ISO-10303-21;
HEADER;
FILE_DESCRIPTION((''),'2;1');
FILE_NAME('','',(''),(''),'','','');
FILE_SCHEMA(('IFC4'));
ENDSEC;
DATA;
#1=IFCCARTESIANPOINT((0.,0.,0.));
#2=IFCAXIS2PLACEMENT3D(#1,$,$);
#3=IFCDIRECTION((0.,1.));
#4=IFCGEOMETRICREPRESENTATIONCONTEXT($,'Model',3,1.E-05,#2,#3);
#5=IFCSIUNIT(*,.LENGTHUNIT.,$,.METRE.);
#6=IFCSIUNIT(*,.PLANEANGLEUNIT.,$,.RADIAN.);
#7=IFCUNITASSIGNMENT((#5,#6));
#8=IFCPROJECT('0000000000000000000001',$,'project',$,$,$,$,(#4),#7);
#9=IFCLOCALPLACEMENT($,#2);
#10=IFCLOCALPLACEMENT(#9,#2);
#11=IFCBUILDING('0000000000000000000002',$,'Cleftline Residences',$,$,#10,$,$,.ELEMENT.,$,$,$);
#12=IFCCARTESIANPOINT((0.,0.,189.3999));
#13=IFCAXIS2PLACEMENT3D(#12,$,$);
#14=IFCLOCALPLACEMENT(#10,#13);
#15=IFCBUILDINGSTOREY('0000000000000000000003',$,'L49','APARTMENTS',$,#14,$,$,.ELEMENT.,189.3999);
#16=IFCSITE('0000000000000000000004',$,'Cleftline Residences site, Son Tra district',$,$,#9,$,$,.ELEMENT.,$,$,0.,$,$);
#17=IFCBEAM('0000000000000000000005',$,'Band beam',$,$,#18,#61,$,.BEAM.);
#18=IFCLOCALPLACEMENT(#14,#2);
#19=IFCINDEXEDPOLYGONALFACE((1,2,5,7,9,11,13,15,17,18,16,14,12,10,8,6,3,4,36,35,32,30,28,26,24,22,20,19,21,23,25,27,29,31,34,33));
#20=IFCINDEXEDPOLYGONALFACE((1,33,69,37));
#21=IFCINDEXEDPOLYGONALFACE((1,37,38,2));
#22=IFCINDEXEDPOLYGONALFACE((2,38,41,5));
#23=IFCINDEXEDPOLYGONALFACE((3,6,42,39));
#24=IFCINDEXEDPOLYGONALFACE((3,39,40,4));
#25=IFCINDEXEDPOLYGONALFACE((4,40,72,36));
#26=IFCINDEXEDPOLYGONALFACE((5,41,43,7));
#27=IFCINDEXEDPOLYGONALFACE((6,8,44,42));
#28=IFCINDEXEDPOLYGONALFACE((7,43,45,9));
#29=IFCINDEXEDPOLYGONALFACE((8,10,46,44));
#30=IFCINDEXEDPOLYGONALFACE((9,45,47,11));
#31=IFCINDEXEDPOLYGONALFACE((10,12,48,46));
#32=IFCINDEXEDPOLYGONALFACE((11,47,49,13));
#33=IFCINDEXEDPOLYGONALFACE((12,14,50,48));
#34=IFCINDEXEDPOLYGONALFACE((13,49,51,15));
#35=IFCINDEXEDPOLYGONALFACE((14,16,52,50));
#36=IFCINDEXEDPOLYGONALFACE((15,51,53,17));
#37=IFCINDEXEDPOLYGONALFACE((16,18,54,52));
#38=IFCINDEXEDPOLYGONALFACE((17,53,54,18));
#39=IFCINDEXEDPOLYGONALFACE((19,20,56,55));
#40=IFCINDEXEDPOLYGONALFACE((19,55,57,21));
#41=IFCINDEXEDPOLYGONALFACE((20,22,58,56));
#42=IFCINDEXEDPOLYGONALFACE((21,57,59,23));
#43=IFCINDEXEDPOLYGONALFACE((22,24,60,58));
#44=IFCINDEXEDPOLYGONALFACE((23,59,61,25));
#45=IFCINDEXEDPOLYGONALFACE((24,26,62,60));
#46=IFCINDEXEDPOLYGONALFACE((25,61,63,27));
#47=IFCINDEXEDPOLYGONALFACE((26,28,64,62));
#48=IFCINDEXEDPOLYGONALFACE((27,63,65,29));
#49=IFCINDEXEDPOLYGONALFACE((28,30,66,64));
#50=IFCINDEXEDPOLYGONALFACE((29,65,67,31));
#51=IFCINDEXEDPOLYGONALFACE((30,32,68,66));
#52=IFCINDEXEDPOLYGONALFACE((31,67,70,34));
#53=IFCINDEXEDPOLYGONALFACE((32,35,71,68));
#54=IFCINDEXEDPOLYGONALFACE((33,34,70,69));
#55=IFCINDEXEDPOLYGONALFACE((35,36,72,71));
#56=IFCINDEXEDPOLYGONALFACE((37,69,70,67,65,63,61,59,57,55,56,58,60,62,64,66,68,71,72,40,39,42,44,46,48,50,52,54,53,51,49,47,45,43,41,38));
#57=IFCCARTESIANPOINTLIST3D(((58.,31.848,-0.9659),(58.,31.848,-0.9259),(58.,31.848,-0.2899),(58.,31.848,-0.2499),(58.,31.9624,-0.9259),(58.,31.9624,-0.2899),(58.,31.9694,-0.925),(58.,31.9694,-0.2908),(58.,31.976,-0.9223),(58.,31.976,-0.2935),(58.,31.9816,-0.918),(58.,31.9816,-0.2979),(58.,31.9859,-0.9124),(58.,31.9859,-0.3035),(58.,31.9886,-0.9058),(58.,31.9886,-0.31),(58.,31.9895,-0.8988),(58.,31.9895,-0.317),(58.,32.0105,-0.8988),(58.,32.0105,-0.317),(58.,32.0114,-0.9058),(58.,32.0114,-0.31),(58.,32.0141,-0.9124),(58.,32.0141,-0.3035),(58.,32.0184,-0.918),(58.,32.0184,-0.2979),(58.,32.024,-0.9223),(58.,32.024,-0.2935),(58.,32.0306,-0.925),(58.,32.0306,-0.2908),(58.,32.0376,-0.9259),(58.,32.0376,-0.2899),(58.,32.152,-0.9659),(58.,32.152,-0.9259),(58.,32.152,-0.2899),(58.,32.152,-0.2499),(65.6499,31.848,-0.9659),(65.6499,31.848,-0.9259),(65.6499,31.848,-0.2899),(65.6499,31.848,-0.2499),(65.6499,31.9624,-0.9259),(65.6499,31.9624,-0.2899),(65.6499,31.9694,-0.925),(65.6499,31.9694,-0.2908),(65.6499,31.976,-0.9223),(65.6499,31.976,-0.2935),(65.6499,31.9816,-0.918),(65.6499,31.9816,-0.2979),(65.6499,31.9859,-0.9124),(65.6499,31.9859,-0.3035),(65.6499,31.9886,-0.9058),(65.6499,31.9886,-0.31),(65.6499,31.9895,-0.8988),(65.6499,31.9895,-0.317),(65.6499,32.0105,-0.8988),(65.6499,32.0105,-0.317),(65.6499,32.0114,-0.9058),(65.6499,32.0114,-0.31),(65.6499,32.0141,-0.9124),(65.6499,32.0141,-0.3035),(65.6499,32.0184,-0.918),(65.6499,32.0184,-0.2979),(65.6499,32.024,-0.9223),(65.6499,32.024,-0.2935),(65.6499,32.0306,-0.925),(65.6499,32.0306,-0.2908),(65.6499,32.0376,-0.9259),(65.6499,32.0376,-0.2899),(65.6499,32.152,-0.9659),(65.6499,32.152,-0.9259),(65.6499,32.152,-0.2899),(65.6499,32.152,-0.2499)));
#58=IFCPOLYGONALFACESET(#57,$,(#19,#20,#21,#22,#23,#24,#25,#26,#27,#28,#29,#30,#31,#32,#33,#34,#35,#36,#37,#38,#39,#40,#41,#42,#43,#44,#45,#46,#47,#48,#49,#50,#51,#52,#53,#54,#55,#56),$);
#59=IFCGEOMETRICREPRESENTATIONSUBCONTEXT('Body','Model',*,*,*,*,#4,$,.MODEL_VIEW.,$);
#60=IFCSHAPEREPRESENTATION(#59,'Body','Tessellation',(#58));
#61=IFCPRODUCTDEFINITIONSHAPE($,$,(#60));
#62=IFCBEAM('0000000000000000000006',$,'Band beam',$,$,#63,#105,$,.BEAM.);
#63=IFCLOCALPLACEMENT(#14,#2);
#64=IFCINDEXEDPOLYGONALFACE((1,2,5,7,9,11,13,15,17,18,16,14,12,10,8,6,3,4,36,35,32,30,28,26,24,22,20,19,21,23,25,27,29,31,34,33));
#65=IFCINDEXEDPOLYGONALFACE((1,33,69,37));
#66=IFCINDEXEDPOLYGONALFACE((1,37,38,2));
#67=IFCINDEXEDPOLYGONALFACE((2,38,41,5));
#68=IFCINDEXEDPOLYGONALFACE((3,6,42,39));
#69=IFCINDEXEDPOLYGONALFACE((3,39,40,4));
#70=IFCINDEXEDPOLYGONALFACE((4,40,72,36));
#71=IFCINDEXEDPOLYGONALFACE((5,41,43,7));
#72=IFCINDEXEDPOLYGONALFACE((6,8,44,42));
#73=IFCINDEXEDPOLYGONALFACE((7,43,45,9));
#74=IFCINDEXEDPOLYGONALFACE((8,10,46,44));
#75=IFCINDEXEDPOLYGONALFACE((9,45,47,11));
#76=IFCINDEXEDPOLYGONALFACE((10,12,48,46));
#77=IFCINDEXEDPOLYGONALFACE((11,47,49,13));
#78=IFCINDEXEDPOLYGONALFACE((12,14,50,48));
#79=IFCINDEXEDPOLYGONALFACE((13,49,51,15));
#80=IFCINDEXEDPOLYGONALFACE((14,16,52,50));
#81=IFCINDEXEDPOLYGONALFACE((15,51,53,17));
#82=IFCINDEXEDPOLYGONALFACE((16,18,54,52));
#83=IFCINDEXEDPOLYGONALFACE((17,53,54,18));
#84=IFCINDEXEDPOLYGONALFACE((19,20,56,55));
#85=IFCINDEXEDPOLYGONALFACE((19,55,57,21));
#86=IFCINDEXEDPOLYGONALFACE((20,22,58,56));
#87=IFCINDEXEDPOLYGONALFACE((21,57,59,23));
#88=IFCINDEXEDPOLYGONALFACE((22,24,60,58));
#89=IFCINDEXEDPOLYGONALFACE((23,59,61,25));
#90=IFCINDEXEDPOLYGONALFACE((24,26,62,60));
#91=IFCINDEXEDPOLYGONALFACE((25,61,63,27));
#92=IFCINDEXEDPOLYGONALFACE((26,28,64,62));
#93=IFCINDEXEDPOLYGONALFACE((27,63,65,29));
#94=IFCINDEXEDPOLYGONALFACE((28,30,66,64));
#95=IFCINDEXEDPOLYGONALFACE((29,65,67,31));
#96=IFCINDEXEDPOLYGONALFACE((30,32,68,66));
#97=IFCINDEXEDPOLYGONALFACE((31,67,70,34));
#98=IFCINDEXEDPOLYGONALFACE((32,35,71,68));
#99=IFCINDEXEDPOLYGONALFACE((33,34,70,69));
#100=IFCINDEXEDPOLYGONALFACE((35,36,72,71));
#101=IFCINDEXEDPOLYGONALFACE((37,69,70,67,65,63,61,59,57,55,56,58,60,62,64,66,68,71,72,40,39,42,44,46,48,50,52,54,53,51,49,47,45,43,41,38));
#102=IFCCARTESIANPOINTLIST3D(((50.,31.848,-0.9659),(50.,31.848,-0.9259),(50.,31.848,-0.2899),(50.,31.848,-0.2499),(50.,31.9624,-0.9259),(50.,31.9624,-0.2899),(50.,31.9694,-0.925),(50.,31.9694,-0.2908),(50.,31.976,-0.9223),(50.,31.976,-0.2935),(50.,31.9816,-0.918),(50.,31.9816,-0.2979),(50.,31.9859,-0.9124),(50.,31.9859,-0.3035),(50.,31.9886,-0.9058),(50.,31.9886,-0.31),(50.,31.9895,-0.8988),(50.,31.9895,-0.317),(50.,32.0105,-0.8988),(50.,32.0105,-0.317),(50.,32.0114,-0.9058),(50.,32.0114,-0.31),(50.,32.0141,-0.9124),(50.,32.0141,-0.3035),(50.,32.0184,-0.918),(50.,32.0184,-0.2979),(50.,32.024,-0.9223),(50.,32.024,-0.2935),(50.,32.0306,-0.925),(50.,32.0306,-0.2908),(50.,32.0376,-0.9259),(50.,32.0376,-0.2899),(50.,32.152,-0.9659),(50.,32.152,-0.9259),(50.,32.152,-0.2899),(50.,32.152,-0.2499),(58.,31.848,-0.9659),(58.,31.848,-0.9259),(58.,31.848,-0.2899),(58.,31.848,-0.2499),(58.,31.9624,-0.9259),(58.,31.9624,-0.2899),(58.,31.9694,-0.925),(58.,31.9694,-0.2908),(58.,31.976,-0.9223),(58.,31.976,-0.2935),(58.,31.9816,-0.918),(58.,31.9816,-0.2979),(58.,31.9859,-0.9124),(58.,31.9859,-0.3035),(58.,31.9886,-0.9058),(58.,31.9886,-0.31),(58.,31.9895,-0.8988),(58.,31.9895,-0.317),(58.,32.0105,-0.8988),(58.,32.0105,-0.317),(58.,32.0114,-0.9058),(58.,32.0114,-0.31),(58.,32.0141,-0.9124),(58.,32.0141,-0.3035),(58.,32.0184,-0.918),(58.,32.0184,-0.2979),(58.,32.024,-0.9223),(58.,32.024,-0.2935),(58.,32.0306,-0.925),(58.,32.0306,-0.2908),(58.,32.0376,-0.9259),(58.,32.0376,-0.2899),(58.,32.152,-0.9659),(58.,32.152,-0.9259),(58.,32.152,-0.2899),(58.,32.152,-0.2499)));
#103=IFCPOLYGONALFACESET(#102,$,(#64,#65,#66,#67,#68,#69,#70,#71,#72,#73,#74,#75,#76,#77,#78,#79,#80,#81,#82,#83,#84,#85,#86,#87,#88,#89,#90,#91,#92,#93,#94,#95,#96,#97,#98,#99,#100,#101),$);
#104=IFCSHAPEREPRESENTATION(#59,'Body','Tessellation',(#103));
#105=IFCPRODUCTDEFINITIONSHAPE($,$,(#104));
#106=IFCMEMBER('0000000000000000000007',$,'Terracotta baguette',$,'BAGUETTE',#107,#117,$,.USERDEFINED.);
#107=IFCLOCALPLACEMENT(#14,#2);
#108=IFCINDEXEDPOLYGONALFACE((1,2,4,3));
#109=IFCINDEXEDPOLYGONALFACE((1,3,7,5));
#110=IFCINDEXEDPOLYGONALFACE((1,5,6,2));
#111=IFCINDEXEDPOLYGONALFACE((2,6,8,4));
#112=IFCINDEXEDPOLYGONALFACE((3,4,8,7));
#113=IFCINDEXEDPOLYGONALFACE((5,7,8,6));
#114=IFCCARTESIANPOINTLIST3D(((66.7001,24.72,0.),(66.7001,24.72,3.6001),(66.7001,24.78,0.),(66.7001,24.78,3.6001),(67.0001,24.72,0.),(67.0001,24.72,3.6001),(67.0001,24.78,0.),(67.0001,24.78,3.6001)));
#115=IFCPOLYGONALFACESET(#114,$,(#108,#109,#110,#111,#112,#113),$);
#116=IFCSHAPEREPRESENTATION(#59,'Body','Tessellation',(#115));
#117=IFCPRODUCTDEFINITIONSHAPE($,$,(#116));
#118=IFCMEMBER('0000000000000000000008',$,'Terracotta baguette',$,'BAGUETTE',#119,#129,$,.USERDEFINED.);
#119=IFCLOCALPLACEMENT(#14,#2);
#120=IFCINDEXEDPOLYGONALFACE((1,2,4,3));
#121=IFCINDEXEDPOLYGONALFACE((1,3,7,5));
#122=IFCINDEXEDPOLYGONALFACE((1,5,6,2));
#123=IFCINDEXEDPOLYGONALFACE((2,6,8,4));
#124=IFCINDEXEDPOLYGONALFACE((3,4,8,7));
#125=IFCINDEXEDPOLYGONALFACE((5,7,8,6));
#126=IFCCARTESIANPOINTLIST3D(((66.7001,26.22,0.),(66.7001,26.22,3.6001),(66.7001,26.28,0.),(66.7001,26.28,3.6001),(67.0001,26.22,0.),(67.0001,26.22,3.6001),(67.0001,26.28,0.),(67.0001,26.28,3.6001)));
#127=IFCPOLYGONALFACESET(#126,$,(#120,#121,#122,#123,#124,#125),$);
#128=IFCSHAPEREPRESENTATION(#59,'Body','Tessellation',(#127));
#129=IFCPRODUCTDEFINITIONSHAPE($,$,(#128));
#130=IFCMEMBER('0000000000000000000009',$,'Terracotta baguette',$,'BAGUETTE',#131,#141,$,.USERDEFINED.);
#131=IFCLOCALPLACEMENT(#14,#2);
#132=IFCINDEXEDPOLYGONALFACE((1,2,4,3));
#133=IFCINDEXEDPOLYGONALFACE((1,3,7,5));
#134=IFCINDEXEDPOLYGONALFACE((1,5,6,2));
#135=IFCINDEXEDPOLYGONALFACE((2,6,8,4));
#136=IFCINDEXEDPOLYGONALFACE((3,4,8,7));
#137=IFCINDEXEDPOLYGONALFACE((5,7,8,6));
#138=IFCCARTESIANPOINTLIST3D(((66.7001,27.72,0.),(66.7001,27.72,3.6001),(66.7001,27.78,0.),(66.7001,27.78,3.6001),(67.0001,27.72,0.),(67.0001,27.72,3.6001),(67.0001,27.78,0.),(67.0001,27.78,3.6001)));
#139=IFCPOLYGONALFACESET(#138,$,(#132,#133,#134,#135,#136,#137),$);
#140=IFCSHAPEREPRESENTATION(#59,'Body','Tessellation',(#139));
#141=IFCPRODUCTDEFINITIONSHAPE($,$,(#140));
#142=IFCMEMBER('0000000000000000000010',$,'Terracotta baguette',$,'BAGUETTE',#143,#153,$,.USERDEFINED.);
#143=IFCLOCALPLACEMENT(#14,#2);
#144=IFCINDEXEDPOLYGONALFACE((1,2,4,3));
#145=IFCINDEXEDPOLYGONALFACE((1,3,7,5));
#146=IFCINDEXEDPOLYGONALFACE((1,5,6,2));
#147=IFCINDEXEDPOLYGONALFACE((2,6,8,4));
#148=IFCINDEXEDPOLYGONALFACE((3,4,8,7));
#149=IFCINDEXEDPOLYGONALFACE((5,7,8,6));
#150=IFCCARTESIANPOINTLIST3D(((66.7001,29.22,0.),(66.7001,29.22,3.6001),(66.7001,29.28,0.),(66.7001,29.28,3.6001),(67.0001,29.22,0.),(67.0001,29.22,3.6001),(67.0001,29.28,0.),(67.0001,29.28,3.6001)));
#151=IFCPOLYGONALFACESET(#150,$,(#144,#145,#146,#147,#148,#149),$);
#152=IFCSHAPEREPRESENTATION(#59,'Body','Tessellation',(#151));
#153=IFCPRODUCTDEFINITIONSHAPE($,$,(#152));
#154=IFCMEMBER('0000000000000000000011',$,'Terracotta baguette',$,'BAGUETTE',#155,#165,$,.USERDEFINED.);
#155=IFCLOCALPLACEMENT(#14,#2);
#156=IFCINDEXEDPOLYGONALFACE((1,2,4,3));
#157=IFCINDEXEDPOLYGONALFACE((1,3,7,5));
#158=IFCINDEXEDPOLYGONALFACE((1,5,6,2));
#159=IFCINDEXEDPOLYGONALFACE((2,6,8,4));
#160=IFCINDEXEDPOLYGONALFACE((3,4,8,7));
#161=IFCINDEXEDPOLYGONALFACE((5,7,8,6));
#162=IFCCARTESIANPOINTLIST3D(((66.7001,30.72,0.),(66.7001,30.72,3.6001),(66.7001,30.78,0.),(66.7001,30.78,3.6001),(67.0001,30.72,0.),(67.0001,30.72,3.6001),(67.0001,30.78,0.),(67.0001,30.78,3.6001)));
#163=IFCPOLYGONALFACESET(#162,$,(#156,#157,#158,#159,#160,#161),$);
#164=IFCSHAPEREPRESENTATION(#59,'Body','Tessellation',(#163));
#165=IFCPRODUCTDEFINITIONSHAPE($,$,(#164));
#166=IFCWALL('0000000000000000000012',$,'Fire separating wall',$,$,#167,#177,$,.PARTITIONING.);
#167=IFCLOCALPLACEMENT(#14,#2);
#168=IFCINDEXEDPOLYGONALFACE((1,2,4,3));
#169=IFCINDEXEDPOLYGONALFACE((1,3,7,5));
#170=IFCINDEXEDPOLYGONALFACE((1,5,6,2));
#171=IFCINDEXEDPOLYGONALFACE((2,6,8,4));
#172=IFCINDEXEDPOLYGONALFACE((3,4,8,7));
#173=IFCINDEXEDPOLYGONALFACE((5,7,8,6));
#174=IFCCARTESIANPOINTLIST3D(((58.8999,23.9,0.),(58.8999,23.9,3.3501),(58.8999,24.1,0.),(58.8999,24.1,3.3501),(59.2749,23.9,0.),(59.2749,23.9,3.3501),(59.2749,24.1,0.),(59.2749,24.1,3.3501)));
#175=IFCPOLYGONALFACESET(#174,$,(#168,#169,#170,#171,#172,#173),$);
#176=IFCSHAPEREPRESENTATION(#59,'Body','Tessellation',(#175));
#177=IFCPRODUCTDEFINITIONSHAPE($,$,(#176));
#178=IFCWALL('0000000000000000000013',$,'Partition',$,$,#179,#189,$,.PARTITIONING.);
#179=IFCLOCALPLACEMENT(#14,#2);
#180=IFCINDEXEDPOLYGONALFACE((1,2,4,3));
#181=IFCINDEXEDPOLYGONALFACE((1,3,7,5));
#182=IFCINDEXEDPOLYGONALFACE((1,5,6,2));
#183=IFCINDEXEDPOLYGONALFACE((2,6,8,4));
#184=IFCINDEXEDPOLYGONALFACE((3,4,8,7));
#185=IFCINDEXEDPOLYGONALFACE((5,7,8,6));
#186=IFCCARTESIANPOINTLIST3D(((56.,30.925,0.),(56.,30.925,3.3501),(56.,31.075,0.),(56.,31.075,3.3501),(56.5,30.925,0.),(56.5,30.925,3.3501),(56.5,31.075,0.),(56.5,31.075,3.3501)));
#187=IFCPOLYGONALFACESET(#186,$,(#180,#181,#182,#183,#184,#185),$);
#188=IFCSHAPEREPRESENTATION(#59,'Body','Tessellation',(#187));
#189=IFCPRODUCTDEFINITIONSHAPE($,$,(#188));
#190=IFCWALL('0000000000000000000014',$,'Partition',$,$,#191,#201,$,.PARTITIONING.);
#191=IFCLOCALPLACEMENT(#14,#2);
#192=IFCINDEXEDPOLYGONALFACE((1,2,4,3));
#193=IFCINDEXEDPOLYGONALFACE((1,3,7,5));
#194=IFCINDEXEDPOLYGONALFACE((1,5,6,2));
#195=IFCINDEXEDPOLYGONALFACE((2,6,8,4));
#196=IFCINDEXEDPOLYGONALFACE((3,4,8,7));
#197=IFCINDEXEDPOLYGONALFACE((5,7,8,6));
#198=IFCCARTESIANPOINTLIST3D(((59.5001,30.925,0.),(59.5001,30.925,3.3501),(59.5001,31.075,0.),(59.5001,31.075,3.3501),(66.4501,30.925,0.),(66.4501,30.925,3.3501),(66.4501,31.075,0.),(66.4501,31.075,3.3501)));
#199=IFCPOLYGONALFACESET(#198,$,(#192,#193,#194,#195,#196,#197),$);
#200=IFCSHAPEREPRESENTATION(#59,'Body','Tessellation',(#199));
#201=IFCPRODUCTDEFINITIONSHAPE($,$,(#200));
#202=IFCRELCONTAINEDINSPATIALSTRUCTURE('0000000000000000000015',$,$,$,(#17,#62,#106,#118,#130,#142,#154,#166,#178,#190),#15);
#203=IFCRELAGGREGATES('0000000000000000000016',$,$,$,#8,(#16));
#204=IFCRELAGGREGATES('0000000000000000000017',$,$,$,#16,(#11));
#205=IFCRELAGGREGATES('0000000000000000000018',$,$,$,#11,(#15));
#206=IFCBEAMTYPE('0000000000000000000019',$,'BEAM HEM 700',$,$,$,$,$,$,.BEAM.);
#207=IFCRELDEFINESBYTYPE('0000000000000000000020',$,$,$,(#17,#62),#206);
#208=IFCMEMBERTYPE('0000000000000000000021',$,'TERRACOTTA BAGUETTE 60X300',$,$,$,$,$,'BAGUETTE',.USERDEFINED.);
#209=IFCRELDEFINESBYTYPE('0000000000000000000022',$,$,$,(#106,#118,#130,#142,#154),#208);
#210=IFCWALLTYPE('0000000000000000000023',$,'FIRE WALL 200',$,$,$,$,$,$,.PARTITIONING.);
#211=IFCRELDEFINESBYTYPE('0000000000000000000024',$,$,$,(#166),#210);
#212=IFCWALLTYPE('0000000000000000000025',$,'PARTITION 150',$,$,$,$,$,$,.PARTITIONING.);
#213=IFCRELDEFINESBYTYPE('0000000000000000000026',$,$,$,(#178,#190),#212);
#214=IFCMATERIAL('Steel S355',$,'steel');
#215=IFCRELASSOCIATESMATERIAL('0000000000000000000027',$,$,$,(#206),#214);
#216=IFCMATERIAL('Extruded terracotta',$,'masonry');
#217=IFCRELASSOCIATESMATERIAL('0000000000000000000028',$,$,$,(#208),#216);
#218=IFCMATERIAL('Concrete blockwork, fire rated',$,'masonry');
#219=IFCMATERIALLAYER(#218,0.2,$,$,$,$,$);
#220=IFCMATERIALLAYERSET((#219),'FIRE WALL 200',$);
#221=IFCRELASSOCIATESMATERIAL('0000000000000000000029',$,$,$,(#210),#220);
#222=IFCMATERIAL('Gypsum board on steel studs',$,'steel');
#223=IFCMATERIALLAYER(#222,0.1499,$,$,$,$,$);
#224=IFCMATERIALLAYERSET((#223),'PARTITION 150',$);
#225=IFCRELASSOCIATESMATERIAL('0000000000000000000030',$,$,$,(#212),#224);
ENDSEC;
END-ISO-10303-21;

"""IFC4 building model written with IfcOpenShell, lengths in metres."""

from ifc_helpers import new_model, si_unit, direction, frame, frame_2d, origin, origin_2d, place, context, subcontext, project, spatial, rectangle, i_section, extrude, material, layer, layer_set, material_profile, profile_set, type_object, element, save


model = new_model("IFC4")

# Units and contexts
model_context = context("Model", 3, precision=1e-05, world=origin(), true_north=direction((0.0, 1.0)))
body_context = subcontext(model_context, "Body", "Model", "MODEL_VIEW")
ifc_project = project(units=[si_unit("LENGTHUNIT", "METRE"), si_unit("PLANEANGLEUNIT", "RADIAN")], contexts=[model_context])

# Site, building, storey
site_placement = place(None, origin())
site = spatial("IfcSite", under=ifc_project, at=site_placement, Name="Cleftline Residences site, Son Tra district", CompositionType="ELEMENT", RefElevation=0.0)
building_placement = place(site_placement, origin())
building = spatial("IfcBuilding", under=site, at=building_placement, Name="Cleftline Residences", CompositionType="ELEMENT")
storey_placement = place(building_placement, frame((0.0, 0.0, 189.3999)))
storey = spatial("IfcBuildingStorey", under=building, at=storey_placement, Name="L49", Description="APARTMENTS", CompositionType="ELEMENT", Elevation=189.3999)

# Beams
ifc_material_1 = material(Name="Steel S355", Category="steel")
ifc_material_profile_1 = material_profile(ifc_material_1, i_section(OverallWidth=0.304, OverallDepth=0.7161, WebThickness=0.021, FlangeThickness=0.04, FilletRadius=0.0271, at=origin_2d()))
ifc_profile_set_1 = profile_set([ifc_material_profile_1], Name="Steel S355")
beam_type_1 = type_object("IfcBeamType", Name="BEAM HEM 700", PredefinedType="BEAM", material=ifc_profile_set_1)
beam_1_placement = place(storey_placement, frame((65.6499, 32.0, -0.6079), z_axis=(-1.0, 0.0, 0.0), x_axis=(0.0, -1.0, 0.0)))
element("IfcBeam", 1, at=beam_1_placement, inside=storey, type_object=beam_type_1, Name="Band beam", PredefinedType="BEAM", context=body_context, shape_type="SweptSolid", body=[
    extrude(i_section(OverallWidth=0.304, OverallDepth=0.7161, WebThickness=0.021, FlangeThickness=0.04, FilletRadius=0.0271, at=origin_2d()), origin(), (0.0, 0.0, 1.0), 7.6499),
])
beam_2_placement = place(storey_placement, frame((58.0, 32.0, -0.6079), z_axis=(-1.0, 0.0, 0.0), x_axis=(0.0, -1.0, 0.0)))
element("IfcBeam", 2, at=beam_2_placement, inside=storey, type_object=beam_type_1, Name="Band beam", PredefinedType="BEAM", context=body_context, shape_type="SweptSolid", body=[
    extrude(i_section(OverallWidth=0.304, OverallDepth=0.7161, WebThickness=0.021, FlangeThickness=0.04, FilletRadius=0.0271, at=origin_2d()), origin(), (0.0, 0.0, 1.0), 8.0),
])

# Members
ifc_material_2 = material(Name="Extruded terracotta", Category="masonry")
ifc_material_profile_2 = material_profile(ifc_material_2, rectangle(XDim=0.0601, YDim=0.3, at=origin_2d()))
ifc_profile_set_2 = profile_set([ifc_material_profile_2], Name="Extruded terracotta")
member_type_1 = type_object("IfcMemberType", Name="TERRACOTTA BAGUETTE 60X300", ElementType="BAGUETTE", PredefinedType="USERDEFINED", material=ifc_profile_set_2)
for number, where, z_axis, x_axis, name in (
    (3, (66.8501, 24.75, 0.0), (0.0, 0.0, 1.0), (0.0, 1.0, 0.0), "Terracotta baguette"),
    (4, (66.8501, 26.25, 0.0), (0.0, 0.0, 1.0), (0.0, 1.0, 0.0), "Terracotta baguette"),
    (5, (66.8501, 27.75, 0.0), (0.0, 0.0, 1.0), (0.0, 1.0, 0.0), "Terracotta baguette"),
    (6, (66.8501, 29.25, 0.0), (0.0, 0.0, 1.0), (0.0, 1.0, 0.0), "Terracotta baguette"),
    (7, (66.8501, 30.75, 0.0), (0.0, 0.0, 1.0), (0.0, 1.0, 0.0), "Terracotta baguette"),
):
    element("IfcMember", number, at=place(storey_placement, frame(where, z_axis=z_axis, x_axis=x_axis)), inside=storey, type_object=member_type_1, Name=name, ObjectType="BAGUETTE", PredefinedType="USERDEFINED", context=body_context, shape_type="SweptSolid", body=[
        extrude(rectangle(XDim=0.0601, YDim=0.3, at=origin_2d()), origin(), (0.0, 0.0, 1.0), 3.6001),
    ])

# Walls
ifc_material_3 = material(Name="Concrete blockwork, fire rated", Category="masonry")
ifc_layer_1 = layer(ifc_material_3, 0.2)
ifc_layer_set_1 = layer_set([ifc_layer_1], Name="FIRE WALL 200")
wall_type_1 = type_object("IfcWallType", Name="FIRE WALL 200", PredefinedType="PARTITIONING", material=ifc_layer_set_1)
wall_1_placement = place(storey_placement, frame((58.8999, 24.0, 0.0), z_axis=(0.0, 0.0, 1.0), x_axis=(1.0, 0.0, 0.0)))
element("IfcWall", 8, at=wall_1_placement, inside=storey, type_object=wall_type_1, Name="Fire separating wall", PredefinedType="PARTITIONING", context=body_context, shape_type="SweptSolid", body=[
    extrude(rectangle(XDim=0.375, YDim=0.2, at=frame_2d((0.1875, 0.0))), origin(), (0.0, 0.0, 1.0), 3.3501),
])
ifc_material_4 = material(Name="Gypsum board on steel studs", Category="steel")
ifc_layer_2 = layer(ifc_material_4, 0.1499)
ifc_layer_set_2 = layer_set([ifc_layer_2], Name="PARTITION 150")
wall_type_2 = type_object("IfcWallType", Name="PARTITION 150", PredefinedType="PARTITIONING", material=ifc_layer_set_2)
wall_2_placement = place(storey_placement, frame((56.0, 31.0, 0.0), z_axis=(0.0, 0.0, 1.0), x_axis=(1.0, 0.0, 0.0)))
element("IfcWall", 9, at=wall_2_placement, inside=storey, type_object=wall_type_2, Name="Partition", PredefinedType="PARTITIONING", context=body_context, shape_type="SweptSolid", body=[
    extrude(rectangle(XDim=0.5, YDim=0.1499, at=frame_2d((0.25, 0.0))), origin(), (0.0, 0.0, 1.0), 3.3501),
])
wall_3_placement = place(storey_placement, frame((59.5, 31.0, 0.0), z_axis=(0.0, 0.0, 1.0), x_axis=(1.0, 0.0, 0.0)))
element("IfcWall", 10, at=wall_3_placement, inside=storey, type_object=wall_type_2, Name="Partition", PredefinedType="PARTITIONING", context=body_context, shape_type="SweptSolid", body=[
    extrude(rectangle(XDim=6.95, YDim=0.1499, at=frame_2d((3.4751, 0.0))), origin(), (0.0, 0.0, 1.0), 3.3501),
])

save(model, "model.ifc")
